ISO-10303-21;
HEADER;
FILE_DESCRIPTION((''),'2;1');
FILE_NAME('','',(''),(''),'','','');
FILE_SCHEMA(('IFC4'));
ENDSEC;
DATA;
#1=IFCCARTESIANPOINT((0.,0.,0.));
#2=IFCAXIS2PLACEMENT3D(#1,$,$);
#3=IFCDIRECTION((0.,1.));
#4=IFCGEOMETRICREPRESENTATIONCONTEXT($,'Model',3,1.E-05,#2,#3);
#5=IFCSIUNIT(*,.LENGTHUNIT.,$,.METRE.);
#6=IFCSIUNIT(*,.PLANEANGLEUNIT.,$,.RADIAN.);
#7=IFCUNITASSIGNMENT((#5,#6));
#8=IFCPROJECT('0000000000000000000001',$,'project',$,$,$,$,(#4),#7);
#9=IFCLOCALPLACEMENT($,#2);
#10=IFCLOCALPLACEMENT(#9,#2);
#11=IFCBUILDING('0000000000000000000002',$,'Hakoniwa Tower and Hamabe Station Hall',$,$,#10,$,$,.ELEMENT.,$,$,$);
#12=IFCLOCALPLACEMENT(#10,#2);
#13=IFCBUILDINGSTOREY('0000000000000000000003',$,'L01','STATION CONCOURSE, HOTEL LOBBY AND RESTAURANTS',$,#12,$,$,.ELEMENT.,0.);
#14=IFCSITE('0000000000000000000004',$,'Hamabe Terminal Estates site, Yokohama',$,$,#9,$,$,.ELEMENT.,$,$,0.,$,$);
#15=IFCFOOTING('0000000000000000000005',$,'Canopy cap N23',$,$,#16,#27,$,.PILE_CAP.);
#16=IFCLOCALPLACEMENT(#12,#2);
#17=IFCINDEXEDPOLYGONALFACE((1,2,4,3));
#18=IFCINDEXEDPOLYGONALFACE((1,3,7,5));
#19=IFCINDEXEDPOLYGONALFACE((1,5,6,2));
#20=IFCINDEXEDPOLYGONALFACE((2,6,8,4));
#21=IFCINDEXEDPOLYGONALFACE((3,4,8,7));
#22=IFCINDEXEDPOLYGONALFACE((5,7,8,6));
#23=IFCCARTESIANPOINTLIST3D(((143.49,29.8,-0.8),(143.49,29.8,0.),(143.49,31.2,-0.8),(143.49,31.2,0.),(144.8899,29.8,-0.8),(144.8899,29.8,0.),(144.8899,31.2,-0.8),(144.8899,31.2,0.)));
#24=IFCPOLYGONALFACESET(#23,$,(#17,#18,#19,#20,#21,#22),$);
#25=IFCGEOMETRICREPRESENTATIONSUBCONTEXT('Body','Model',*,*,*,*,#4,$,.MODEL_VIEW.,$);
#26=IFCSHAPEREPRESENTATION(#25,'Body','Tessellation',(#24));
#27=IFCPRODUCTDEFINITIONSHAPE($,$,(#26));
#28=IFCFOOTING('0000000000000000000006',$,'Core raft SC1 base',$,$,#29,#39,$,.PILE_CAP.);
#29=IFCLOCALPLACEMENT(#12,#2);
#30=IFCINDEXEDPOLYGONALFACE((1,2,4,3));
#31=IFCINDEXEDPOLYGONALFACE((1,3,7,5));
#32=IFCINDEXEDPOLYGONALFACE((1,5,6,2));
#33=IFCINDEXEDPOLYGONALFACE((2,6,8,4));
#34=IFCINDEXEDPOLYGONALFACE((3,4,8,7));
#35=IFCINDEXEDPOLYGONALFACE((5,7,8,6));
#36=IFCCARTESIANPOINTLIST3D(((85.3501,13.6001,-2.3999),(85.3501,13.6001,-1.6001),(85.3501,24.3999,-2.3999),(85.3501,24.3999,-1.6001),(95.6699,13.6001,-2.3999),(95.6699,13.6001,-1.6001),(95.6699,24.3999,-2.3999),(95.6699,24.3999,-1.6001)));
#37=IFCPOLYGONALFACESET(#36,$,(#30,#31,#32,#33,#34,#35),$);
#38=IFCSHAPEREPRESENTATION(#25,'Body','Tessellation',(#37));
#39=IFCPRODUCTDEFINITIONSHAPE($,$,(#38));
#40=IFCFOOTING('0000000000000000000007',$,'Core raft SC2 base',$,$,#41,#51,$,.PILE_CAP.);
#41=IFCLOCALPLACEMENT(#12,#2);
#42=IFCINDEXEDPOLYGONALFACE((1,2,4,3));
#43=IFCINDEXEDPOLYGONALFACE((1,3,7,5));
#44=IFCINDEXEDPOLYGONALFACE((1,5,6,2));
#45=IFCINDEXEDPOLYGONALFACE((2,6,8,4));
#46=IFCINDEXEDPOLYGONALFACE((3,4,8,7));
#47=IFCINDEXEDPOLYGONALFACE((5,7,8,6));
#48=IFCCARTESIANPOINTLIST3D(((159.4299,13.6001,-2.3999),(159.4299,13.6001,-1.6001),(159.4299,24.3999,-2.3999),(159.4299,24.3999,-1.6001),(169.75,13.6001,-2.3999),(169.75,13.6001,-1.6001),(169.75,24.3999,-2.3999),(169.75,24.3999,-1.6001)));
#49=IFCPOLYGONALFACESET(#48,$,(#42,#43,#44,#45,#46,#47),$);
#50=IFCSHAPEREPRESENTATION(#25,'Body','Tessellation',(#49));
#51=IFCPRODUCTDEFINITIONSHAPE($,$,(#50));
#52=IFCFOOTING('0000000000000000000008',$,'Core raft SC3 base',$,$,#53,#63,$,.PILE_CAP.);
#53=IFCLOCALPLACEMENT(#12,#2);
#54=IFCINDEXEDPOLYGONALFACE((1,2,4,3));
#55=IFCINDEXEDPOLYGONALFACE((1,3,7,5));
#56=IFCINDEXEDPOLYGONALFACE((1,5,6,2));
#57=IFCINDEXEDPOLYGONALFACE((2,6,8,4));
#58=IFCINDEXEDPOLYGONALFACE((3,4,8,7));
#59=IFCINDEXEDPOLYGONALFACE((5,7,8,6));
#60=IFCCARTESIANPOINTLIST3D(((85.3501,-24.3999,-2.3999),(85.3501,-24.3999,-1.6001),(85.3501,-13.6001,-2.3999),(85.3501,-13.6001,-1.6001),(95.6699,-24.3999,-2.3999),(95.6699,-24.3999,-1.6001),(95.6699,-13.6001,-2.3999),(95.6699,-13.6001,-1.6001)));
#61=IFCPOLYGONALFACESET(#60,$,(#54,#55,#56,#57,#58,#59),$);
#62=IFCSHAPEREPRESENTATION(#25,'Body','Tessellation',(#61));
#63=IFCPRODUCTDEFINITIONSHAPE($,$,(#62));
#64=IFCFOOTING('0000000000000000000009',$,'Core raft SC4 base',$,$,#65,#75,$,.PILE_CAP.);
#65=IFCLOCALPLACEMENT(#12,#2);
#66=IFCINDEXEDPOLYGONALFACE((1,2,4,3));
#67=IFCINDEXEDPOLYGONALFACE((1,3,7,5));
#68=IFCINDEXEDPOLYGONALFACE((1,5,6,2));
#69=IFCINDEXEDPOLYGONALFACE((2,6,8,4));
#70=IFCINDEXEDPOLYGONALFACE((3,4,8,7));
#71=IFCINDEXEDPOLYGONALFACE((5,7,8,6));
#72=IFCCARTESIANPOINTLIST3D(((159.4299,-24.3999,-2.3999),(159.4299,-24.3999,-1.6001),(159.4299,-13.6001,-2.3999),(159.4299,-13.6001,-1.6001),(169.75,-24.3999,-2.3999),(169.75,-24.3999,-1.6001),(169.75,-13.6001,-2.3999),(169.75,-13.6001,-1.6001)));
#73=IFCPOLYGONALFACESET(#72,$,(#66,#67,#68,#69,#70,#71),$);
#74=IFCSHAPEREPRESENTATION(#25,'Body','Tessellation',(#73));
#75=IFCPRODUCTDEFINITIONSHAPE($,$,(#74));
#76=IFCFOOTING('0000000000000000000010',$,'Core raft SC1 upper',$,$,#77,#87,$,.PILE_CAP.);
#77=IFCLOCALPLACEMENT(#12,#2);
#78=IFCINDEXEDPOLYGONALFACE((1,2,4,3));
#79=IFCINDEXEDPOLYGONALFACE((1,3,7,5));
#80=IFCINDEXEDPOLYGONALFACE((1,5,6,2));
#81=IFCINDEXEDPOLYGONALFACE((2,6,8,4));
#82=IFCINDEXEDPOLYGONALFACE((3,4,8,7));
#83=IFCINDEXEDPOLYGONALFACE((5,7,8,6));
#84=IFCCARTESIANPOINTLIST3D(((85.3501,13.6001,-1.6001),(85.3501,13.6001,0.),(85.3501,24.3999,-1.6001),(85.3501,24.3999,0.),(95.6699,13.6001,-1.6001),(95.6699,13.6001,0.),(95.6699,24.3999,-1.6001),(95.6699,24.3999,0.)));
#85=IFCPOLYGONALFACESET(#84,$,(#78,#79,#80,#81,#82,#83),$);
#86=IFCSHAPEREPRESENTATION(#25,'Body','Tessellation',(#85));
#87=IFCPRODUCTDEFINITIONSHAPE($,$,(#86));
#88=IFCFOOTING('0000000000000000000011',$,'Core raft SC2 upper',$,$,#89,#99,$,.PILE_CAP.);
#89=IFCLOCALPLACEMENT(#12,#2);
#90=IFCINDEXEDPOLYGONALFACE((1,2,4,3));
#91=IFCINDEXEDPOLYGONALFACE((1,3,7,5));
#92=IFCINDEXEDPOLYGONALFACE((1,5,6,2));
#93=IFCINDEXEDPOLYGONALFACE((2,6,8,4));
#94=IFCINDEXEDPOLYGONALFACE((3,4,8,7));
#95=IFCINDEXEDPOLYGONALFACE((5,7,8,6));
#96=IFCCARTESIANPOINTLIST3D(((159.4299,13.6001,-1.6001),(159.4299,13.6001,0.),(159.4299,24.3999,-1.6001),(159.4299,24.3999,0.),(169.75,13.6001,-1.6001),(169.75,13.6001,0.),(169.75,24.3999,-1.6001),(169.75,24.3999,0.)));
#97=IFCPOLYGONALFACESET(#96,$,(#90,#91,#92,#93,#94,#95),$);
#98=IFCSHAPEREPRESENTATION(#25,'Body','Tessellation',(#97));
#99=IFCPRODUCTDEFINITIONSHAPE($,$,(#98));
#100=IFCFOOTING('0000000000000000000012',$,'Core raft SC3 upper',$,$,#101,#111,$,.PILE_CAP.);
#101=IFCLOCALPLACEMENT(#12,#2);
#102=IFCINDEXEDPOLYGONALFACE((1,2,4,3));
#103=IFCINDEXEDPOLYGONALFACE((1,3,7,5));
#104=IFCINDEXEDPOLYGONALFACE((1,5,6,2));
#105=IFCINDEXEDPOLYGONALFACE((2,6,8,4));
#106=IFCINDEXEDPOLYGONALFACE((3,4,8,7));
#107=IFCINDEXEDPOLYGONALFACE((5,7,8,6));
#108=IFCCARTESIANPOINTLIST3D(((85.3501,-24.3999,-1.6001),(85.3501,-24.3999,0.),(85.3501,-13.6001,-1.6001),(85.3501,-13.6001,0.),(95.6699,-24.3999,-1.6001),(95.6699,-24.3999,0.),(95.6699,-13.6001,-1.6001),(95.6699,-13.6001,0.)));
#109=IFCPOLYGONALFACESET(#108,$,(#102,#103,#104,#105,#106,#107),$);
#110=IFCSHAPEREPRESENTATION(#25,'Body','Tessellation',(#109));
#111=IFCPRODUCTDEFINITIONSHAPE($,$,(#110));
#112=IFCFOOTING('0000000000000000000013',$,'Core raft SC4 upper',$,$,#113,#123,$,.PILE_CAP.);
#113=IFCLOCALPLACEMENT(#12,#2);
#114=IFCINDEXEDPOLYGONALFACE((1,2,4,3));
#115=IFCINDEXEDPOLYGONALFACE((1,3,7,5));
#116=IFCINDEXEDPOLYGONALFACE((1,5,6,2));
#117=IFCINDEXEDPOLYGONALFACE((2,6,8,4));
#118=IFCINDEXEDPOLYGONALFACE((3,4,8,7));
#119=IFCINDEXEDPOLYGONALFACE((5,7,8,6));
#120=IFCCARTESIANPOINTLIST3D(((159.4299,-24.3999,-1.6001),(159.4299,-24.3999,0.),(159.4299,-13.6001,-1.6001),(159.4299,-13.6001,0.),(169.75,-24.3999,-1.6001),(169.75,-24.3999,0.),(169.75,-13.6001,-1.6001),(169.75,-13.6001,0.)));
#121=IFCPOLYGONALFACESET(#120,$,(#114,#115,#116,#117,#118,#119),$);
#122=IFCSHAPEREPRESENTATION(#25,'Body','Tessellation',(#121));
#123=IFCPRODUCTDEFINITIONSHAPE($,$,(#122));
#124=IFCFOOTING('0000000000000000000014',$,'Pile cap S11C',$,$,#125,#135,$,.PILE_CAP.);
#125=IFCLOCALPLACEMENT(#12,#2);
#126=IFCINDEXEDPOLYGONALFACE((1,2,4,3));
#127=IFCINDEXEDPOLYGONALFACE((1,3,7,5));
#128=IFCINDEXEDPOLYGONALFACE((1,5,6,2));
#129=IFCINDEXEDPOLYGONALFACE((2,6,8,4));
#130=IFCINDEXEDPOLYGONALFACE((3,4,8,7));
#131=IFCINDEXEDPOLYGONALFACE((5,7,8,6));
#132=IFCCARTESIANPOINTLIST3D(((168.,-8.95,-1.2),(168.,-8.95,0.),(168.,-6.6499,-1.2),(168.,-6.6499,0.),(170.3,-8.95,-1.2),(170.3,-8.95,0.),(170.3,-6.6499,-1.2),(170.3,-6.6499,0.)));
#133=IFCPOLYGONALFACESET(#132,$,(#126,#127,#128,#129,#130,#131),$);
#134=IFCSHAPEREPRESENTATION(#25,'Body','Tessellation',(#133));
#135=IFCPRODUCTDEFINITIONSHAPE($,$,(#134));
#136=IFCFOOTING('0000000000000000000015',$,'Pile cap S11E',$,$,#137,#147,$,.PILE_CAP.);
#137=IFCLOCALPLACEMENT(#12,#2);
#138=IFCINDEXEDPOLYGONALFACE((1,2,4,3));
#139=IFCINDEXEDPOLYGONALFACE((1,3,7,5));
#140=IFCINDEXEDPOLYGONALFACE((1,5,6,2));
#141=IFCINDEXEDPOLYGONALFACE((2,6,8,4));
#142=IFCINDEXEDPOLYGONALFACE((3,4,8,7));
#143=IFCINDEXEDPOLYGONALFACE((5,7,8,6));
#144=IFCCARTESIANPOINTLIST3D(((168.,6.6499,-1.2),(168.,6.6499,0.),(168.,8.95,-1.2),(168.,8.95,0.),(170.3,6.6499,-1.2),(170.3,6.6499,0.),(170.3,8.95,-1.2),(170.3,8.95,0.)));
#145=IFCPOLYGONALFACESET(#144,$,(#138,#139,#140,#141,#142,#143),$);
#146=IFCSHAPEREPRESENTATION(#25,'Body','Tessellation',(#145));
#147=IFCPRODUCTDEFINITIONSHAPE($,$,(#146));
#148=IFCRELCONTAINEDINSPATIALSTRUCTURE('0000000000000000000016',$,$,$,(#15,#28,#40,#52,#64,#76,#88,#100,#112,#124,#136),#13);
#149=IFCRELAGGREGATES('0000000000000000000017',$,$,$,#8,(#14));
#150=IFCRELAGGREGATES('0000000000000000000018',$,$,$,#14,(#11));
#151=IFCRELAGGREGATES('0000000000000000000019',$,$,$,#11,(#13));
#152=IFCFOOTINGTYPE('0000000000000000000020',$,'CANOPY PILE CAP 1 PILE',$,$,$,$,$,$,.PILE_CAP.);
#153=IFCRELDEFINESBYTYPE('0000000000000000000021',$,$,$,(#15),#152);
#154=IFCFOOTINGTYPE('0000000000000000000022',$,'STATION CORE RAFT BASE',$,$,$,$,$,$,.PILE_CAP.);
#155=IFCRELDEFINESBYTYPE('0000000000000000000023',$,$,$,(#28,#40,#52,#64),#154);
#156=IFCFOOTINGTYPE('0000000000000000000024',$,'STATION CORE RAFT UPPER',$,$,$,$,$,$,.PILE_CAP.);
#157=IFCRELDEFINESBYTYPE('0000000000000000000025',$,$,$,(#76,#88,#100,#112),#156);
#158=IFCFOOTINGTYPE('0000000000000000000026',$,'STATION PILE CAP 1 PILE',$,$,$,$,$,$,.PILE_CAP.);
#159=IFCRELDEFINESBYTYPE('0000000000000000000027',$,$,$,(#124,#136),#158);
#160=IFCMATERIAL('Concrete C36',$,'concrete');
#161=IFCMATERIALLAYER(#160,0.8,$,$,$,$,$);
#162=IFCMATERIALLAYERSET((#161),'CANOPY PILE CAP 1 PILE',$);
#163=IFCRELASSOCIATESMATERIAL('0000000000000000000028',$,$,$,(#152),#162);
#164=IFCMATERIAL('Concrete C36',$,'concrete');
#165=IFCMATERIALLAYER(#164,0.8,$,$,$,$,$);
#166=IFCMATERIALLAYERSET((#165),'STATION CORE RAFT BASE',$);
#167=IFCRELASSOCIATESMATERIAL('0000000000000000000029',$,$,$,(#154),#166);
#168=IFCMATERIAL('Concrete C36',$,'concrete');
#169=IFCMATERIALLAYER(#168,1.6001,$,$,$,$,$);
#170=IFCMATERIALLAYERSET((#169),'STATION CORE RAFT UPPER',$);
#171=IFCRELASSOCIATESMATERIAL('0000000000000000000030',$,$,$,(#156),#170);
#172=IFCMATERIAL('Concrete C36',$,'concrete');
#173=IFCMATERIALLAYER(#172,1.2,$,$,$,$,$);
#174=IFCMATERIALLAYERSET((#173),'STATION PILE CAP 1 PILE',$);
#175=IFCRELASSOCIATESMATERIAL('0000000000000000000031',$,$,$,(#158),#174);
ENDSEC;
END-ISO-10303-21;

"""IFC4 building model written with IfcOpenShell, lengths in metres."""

from ifc_helpers import new_model, si_unit, direction, frame, origin, place, context, subcontext, project, spatial, polyline, outline, extrude, material, layer, layer_set, type_object, element, save


model = new_model("IFC4")

# Units and contexts
model_context = context("Model", 3, precision=1e-05, world=origin(), true_north=direction((0.0, 1.0)))
body_context = subcontext(model_context, "Body", "Model", "MODEL_VIEW")
ifc_project = project(units=[si_unit("LENGTHUNIT", "METRE"), si_unit("PLANEANGLEUNIT", "RADIAN")], contexts=[model_context])

# Site, building, storey
site_placement = place(None, origin())
site = spatial("IfcSite", under=ifc_project, at=site_placement, Name="Hamabe Terminal Estates site, Yokohama", CompositionType="ELEMENT", RefElevation=0.0)
building_placement = place(site_placement, origin())
building = spatial("IfcBuilding", under=site, at=building_placement, Name="Hakoniwa Tower and Hamabe Station Hall", CompositionType="ELEMENT")
storey_placement = place(building_placement, origin())
storey = spatial("IfcBuildingStorey", under=building, at=storey_placement, Name="L01", Description="STATION CONCOURSE, HOTEL LOBBY AND RESTAURANTS", CompositionType="ELEMENT", Elevation=0.0)

# Footings
ifc_material_1 = material(Name="Concrete C36", Category="concrete")
ifc_layer_1 = layer(ifc_material_1, 0.8)
ifc_layer_set_1 = layer_set([ifc_layer_1], Name="CANOPY PILE CAP 1 PILE")
footing_type_1 = type_object("IfcFootingType", Name="CANOPY PILE CAP 1 PILE", PredefinedType="PILE_CAP", material=ifc_layer_set_1)
footing_1_placement = place(storey_placement, frame((0.0, 0.0, -0.8)))
element("IfcFooting", 1, at=footing_1_placement, inside=storey, type_object=footing_type_1, Name="Canopy cap N23", PredefinedType="PILE_CAP", context=body_context, shape_type="SweptSolid", body=[
    extrude(outline(polyline([(143.49, 29.8), (144.8899, 29.8), (144.8899, 31.2), (143.49, 31.2), (143.49, 29.8)])), origin(), (0.0, 0.0, 1.0), 0.8),
])
ifc_material_2 = material(Name="Concrete C36", Category="concrete")
ifc_layer_2 = layer(ifc_material_2, 0.8)
ifc_layer_set_2 = layer_set([ifc_layer_2], Name="STATION CORE RAFT BASE")
footing_type_2 = type_object("IfcFootingType", Name="STATION CORE RAFT BASE", PredefinedType="PILE_CAP", material=ifc_layer_set_2)
footing_2_placement = place(storey_placement, frame((0.0, 0.0, -2.3999)))
element("IfcFooting", 2, at=footing_2_placement, inside=storey, type_object=footing_type_2, Name="Core raft SC1 base", PredefinedType="PILE_CAP", context=body_context, shape_type="SweptSolid", body=[
    extrude(outline(polyline([(95.6699, 13.6001), (85.3501, 13.6001), (85.3501, 24.3999), (95.6699, 24.3999), (95.6699, 13.6001)])), origin(), (0.0, 0.0, 1.0), 0.7998),
])
footing_3_placement = place(storey_placement, frame((0.0, 0.0, -2.3999)))
element("IfcFooting", 3, at=footing_3_placement, inside=storey, type_object=footing_type_2, Name="Core raft SC2 base", PredefinedType="PILE_CAP", context=body_context, shape_type="SweptSolid", body=[
    extrude(outline(polyline([(169.75, 13.6001), (159.4299, 13.6001), (159.4299, 24.3999), (169.75, 24.3999), (169.75, 13.6001)])), origin(), (0.0, 0.0, 1.0), 0.7998),
])
footing_4_placement = place(storey_placement, frame((0.0, 0.0, -2.3999)))
element("IfcFooting", 4, at=footing_4_placement, inside=storey, type_object=footing_type_2, Name="Core raft SC3 base", PredefinedType="PILE_CAP", context=body_context, shape_type="SweptSolid", body=[
    extrude(outline(polyline([(95.6699, -24.3999), (85.3501, -24.3999), (85.3501, -13.6001), (95.6699, -13.6001), (95.6699, -24.3999)])), origin(), (0.0, 0.0, 1.0), 0.7998),
])
footing_5_placement = place(storey_placement, frame((0.0, 0.0, -2.3999)))
element("IfcFooting", 5, at=footing_5_placement, inside=storey, type_object=footing_type_2, Name="Core raft SC4 base", PredefinedType="PILE_CAP", context=body_context, shape_type="SweptSolid", body=[
    extrude(outline(polyline([(169.75, -24.3999), (159.4299, -24.3999), (159.4299, -13.6001), (169.75, -13.6001), (169.75, -24.3999)])), origin(), (0.0, 0.0, 1.0), 0.7998),
])
ifc_material_3 = material(Name="Concrete C36", Category="concrete")
ifc_layer_3 = layer(ifc_material_3, 1.6001)
ifc_layer_set_3 = layer_set([ifc_layer_3], Name="STATION CORE RAFT UPPER")
footing_type_3 = type_object("IfcFootingType", Name="STATION CORE RAFT UPPER", PredefinedType="PILE_CAP", material=ifc_layer_set_3)
footing_6_placement = place(storey_placement, frame((0.0, 0.0, -1.6001)))
element("IfcFooting", 6, at=footing_6_placement, inside=storey, type_object=footing_type_3, Name="Core raft SC1 upper", PredefinedType="PILE_CAP", context=body_context, shape_type="SweptSolid", body=[
    extrude(outline(polyline([(85.3501, 13.6001), (85.3501, 24.3999), (95.6699, 24.3999), (95.6699, 13.6001), (85.3501, 13.6001)])), origin(), (0.0, 0.0, 1.0), 1.6001),
])
footing_7_placement = place(storey_placement, frame((0.0, 0.0, -1.6001)))
element("IfcFooting", 7, at=footing_7_placement, inside=storey, type_object=footing_type_3, Name="Core raft SC2 upper", PredefinedType="PILE_CAP", context=body_context, shape_type="SweptSolid", body=[
    extrude(outline(polyline([(159.4299, 13.6001), (159.4299, 24.3999), (169.75, 24.3999), (169.75, 13.6001), (159.4299, 13.6001)])), origin(), (0.0, 0.0, 1.0), 1.6001),
])
footing_8_placement = place(storey_placement, frame((0.0, 0.0, -1.6001)))
element("IfcFooting", 8, at=footing_8_placement, inside=storey, type_object=footing_type_3, Name="Core raft SC3 upper", PredefinedType="PILE_CAP", context=body_context, shape_type="SweptSolid", body=[
    extrude(outline(polyline([(85.3501, -24.3999), (85.3501, -13.6001), (95.6699, -13.6001), (95.6699, -24.3999), (85.3501, -24.3999)])), origin(), (0.0, 0.0, 1.0), 1.6001),
])
footing_9_placement = place(storey_placement, frame((0.0, 0.0, -1.6001)))
element("IfcFooting", 9, at=footing_9_placement, inside=storey, type_object=footing_type_3, Name="Core raft SC4 upper", PredefinedType="PILE_CAP", context=body_context, shape_type="SweptSolid", body=[
    extrude(outline(polyline([(159.4299, -24.3999), (159.4299, -13.6001), (169.75, -13.6001), (169.75, -24.3999), (159.4299, -24.3999)])), origin(), (0.0, 0.0, 1.0), 1.6001),
])
ifc_material_4 = material(Name="Concrete C36", Category="concrete")
ifc_layer_4 = layer(ifc_material_4, 1.2)
ifc_layer_set_4 = layer_set([ifc_layer_4], Name="STATION PILE CAP 1 PILE")
footing_type_4 = type_object("IfcFootingType", Name="STATION PILE CAP 1 PILE", PredefinedType="PILE_CAP", material=ifc_layer_set_4)
footing_10_placement = place(storey_placement, frame((0.0, 0.0, -1.2)))
element("IfcFooting", 10, at=footing_10_placement, inside=storey, type_object=footing_type_4, Name="Pile cap S11C", PredefinedType="PILE_CAP", context=body_context, shape_type="SweptSolid", body=[
    extrude(outline(polyline([(170.3, -8.95), (170.3, -6.6499), (168.0, -6.6499), (168.0, -8.95), (170.3, -8.95)])), origin(), (0.0, 0.0, 1.0), 1.2),
])
footing_11_placement = place(storey_placement, frame((0.0, 0.0, -1.2)))
element("IfcFooting", 11, at=footing_11_placement, inside=storey, type_object=footing_type_4, Name="Pile cap S11E", PredefinedType="PILE_CAP", context=body_context, shape_type="SweptSolid", body=[
    extrude(outline(polyline([(170.3, 6.6499), (170.3, 8.95), (168.0, 8.95), (168.0, 6.6499), (170.3, 6.6499)])), origin(), (0.0, 0.0, 1.0), 1.2),
])

save(model, "model.ifc")
